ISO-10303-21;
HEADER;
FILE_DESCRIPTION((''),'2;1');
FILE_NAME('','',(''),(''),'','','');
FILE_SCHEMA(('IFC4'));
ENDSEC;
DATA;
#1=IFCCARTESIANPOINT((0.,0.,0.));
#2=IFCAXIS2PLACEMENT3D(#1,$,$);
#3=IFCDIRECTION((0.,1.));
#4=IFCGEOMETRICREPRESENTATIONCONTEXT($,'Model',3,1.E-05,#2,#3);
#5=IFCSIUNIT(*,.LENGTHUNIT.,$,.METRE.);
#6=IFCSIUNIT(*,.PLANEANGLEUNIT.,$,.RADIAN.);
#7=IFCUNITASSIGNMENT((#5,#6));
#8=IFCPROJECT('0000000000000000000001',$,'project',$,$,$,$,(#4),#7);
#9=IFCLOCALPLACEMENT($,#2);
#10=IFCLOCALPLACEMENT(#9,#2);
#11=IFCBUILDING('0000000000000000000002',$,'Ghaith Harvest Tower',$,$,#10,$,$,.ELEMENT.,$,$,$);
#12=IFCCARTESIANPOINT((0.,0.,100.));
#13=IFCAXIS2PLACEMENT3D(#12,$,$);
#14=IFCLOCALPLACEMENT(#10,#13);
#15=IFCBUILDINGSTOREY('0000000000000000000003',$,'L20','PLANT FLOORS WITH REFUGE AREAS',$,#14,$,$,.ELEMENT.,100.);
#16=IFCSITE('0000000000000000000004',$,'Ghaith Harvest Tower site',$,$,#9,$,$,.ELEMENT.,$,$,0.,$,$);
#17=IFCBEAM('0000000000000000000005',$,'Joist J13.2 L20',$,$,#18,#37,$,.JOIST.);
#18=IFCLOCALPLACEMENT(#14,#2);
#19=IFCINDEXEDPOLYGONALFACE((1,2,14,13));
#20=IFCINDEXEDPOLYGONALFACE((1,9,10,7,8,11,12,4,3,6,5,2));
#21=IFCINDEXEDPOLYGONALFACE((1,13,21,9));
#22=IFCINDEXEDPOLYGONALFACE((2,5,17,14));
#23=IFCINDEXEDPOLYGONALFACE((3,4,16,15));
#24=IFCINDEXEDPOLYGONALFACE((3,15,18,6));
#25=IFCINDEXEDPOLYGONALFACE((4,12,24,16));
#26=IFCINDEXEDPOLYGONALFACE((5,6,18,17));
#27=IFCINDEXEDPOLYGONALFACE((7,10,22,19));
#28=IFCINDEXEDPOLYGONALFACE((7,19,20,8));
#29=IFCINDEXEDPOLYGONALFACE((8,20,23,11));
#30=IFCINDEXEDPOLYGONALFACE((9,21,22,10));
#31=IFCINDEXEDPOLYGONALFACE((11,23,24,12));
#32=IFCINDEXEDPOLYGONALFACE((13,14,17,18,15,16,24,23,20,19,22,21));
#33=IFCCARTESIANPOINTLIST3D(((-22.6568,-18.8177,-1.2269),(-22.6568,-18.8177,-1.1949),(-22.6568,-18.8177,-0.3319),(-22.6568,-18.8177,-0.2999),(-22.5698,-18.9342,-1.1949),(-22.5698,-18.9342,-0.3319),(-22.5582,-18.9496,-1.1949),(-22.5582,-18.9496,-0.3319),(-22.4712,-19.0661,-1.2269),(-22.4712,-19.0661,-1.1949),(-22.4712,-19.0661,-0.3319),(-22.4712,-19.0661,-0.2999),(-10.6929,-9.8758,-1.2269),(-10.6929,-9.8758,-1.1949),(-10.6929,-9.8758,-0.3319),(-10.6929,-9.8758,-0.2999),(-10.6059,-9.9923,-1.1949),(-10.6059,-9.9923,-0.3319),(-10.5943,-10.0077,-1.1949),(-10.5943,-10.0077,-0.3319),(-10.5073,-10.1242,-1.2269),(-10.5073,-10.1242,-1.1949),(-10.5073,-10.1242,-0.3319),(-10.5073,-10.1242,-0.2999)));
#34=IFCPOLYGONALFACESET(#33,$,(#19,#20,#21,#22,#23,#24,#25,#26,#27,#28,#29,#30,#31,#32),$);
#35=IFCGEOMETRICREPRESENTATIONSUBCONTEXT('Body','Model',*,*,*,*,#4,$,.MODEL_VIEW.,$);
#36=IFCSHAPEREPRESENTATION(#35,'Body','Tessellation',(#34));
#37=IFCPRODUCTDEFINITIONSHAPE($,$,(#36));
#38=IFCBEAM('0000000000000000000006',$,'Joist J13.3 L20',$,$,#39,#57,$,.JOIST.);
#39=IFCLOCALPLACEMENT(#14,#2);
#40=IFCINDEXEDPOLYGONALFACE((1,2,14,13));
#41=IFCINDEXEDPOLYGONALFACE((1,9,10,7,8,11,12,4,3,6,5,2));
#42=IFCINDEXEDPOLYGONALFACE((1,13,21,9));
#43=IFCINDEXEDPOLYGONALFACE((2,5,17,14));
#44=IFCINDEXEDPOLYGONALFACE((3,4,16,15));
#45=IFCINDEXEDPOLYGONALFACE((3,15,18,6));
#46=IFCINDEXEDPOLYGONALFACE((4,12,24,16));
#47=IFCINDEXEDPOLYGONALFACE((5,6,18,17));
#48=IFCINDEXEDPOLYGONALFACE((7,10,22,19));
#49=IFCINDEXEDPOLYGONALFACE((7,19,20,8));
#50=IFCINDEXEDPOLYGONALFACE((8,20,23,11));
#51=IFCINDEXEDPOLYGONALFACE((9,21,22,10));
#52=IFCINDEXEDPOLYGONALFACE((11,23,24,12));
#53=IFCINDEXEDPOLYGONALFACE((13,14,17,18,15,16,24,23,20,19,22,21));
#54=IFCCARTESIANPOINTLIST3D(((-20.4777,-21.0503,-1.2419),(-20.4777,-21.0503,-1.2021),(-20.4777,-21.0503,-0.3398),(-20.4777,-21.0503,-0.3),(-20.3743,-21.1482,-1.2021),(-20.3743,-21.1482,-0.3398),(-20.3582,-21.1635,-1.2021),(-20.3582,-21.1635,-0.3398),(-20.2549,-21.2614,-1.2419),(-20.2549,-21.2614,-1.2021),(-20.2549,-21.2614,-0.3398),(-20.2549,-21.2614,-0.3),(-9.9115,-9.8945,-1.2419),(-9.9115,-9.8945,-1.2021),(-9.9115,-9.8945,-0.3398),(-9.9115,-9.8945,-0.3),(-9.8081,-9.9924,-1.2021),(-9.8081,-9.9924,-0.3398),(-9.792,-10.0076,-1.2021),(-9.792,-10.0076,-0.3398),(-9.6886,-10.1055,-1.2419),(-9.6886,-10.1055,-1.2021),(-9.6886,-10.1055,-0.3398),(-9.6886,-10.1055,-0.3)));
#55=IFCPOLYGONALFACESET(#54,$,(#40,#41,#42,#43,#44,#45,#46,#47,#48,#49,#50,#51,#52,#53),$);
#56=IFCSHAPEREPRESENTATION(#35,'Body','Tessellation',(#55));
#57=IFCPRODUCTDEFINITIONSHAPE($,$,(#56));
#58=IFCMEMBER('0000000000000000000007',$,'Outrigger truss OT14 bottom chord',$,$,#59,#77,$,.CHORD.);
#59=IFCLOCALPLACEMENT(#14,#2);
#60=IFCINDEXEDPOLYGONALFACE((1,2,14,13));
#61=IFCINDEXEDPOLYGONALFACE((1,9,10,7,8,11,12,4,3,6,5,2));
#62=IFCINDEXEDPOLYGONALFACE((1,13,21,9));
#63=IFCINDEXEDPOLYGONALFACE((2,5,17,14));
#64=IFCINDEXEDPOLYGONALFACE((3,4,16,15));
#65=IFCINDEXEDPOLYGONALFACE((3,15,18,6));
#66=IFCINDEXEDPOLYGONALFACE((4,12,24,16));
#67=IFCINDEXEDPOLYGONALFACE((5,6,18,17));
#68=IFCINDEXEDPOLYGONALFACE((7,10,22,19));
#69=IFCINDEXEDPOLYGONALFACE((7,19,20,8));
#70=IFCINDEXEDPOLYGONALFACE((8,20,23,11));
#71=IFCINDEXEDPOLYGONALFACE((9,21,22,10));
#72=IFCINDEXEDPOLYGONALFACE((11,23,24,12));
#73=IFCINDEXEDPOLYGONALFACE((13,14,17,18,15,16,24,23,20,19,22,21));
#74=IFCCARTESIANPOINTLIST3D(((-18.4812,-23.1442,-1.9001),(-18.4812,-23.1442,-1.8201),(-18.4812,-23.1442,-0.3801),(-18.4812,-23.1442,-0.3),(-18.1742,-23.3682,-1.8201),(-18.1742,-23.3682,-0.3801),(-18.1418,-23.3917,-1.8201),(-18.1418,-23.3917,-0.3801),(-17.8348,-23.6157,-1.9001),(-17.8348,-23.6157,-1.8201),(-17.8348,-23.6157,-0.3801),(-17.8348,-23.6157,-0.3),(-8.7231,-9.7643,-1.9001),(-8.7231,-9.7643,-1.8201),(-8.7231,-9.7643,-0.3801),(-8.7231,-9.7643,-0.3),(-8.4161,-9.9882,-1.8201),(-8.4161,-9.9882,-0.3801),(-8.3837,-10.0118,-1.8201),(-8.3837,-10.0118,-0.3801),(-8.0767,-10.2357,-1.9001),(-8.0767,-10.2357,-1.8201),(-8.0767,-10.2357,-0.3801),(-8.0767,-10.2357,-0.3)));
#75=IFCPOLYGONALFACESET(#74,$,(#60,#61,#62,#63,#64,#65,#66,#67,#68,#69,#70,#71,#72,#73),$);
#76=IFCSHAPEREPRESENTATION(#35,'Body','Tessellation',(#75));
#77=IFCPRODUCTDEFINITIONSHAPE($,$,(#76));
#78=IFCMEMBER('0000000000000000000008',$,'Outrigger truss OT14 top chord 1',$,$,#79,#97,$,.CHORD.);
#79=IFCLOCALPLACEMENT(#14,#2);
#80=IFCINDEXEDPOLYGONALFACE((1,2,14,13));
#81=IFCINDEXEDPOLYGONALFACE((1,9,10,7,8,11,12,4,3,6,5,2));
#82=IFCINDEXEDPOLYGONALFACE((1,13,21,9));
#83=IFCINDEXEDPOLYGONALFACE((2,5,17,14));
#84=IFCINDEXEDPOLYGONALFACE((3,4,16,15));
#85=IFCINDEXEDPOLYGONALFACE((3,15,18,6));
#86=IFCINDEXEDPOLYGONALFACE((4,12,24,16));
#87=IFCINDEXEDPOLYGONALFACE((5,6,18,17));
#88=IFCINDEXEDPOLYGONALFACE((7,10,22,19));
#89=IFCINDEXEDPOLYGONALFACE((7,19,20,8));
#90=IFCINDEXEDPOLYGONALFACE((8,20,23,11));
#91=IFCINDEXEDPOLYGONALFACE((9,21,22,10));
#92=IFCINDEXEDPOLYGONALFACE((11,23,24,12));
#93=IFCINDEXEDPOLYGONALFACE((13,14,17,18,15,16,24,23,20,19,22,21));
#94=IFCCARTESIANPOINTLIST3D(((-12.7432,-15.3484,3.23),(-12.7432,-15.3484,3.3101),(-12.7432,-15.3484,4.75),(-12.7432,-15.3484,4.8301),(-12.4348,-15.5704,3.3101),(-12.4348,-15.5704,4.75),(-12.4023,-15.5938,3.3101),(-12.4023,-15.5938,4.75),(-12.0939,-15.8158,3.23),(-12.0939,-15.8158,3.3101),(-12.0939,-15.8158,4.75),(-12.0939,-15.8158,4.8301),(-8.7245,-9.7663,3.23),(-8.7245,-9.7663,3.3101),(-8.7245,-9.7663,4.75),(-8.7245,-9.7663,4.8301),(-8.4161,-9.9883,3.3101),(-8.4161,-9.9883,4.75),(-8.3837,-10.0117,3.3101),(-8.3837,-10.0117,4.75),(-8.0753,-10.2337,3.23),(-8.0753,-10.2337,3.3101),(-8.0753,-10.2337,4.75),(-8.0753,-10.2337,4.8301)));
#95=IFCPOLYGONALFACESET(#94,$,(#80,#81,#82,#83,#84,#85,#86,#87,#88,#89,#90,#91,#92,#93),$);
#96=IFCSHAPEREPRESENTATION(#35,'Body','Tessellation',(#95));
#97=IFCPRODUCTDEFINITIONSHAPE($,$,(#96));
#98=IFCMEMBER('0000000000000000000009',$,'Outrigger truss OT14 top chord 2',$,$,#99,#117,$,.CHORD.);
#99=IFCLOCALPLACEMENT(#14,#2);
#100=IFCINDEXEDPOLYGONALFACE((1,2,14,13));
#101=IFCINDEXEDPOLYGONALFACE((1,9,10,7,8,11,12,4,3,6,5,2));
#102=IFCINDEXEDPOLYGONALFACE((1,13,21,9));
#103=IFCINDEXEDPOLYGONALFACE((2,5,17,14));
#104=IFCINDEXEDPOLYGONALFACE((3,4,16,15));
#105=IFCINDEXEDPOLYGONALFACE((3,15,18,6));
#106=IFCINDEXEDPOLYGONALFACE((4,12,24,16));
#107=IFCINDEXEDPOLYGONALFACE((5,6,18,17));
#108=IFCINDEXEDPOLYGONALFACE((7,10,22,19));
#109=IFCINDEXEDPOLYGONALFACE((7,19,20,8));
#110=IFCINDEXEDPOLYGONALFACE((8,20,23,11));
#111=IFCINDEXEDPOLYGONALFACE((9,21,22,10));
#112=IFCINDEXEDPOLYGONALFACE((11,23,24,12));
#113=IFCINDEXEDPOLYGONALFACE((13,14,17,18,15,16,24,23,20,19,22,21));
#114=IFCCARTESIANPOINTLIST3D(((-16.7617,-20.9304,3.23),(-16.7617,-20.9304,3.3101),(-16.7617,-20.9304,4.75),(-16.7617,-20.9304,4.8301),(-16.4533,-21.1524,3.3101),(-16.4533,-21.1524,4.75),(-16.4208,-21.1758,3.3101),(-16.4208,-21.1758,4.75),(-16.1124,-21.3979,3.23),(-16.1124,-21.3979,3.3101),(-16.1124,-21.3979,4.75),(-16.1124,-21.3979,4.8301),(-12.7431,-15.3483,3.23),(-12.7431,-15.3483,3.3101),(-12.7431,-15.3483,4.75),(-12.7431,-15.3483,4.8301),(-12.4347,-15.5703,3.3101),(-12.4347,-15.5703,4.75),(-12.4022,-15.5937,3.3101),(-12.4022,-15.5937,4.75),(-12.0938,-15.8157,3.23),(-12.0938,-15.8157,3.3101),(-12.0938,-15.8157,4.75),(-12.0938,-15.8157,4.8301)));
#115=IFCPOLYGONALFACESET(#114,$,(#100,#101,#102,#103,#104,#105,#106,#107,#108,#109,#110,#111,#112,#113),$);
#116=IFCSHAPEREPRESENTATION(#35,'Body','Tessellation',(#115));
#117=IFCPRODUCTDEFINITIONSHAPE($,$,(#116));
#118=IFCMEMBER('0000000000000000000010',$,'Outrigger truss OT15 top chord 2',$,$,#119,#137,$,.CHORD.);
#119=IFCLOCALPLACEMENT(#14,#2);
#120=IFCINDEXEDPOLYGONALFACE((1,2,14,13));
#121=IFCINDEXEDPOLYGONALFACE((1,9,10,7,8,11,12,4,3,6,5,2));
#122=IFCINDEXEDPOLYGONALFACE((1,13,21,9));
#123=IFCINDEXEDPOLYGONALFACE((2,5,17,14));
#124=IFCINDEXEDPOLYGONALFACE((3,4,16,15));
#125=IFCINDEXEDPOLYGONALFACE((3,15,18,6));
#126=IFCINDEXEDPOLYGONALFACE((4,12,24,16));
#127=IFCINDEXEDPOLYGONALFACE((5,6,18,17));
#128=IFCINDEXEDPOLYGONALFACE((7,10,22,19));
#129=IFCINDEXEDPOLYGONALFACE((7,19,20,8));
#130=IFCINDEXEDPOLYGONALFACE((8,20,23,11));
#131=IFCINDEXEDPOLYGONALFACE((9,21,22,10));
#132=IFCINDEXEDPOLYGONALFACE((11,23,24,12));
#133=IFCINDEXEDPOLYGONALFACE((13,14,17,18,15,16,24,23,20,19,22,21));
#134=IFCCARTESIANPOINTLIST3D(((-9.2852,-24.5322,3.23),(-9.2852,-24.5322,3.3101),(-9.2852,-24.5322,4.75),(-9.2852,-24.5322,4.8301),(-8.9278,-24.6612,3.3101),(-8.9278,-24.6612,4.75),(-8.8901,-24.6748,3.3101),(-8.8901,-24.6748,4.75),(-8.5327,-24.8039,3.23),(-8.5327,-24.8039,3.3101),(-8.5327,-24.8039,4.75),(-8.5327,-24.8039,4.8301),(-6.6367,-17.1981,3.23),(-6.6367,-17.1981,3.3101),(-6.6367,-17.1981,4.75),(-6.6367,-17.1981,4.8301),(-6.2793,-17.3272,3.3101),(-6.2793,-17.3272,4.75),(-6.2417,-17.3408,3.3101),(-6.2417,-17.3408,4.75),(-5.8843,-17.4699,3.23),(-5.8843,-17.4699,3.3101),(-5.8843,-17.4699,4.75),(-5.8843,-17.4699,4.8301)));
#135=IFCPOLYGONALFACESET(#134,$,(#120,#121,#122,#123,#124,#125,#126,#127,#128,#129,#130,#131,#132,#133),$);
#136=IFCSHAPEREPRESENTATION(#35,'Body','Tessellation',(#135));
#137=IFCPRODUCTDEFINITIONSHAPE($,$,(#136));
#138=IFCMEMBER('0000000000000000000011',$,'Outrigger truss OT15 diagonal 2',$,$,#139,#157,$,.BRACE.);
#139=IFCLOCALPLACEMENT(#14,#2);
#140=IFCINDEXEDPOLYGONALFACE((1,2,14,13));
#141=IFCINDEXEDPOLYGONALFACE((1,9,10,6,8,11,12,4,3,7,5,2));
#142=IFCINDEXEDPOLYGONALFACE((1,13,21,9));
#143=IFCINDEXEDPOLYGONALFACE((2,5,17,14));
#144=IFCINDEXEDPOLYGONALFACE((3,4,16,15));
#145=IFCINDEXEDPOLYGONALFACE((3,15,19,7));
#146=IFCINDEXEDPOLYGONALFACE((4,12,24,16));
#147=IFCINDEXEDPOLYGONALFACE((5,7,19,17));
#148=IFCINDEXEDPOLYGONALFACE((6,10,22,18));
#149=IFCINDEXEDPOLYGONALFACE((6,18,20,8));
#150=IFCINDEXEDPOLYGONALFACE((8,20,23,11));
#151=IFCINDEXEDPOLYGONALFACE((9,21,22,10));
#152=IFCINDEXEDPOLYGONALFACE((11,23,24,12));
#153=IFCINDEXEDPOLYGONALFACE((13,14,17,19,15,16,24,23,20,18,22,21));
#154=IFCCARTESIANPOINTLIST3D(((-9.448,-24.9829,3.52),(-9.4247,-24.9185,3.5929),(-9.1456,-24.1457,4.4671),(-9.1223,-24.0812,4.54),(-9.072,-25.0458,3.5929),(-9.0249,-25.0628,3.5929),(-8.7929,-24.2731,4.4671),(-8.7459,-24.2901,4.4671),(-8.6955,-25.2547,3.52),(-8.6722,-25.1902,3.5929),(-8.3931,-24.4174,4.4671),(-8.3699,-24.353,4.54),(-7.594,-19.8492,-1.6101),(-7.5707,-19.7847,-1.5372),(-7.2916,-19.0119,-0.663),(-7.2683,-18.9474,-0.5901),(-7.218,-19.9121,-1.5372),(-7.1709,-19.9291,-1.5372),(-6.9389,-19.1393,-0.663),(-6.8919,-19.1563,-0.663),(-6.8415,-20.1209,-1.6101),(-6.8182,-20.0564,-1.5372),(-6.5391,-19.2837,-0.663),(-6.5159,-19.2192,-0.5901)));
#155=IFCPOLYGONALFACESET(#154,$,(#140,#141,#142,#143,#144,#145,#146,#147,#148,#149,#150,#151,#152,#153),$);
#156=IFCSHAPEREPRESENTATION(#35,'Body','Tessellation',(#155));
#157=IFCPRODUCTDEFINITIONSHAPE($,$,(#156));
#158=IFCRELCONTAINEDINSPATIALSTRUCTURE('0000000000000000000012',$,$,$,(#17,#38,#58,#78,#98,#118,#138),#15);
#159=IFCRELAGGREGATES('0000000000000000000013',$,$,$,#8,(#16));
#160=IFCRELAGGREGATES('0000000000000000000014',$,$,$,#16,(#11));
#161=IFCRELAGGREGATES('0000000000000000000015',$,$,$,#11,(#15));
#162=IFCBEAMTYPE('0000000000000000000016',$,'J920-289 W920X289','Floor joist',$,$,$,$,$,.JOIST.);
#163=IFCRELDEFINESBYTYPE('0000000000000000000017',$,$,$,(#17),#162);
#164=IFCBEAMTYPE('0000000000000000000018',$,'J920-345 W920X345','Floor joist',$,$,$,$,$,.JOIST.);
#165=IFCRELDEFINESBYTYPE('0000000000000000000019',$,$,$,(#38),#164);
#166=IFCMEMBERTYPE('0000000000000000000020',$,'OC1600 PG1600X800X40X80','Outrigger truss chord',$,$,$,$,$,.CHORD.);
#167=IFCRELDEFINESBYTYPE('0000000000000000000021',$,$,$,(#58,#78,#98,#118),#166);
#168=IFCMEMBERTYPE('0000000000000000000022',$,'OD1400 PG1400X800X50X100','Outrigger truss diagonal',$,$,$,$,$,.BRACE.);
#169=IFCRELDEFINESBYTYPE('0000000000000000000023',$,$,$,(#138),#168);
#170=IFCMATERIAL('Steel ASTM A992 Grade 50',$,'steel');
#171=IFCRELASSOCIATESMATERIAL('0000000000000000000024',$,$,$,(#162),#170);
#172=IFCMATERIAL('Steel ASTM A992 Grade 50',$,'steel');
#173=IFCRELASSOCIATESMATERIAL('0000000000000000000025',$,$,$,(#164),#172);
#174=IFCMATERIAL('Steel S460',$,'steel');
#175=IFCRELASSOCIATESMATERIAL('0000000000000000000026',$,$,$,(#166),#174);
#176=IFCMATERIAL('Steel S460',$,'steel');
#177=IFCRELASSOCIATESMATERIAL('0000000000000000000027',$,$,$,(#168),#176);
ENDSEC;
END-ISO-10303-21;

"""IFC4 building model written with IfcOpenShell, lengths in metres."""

from ifc_helpers import new_model, si_unit, direction, frame, origin, origin_2d, place, context, subcontext, project, spatial, i_section, extrude, material, material_profile, profile_set, type_object, element, save


model = new_model("IFC4")

# Units and contexts
model_context = context("Model", 3, precision=1e-05, world=origin(), true_north=direction((0.0, 1.0)))
body_context = subcontext(model_context, "Body", "Model", "MODEL_VIEW")
ifc_project = project(units=[si_unit("LENGTHUNIT", "METRE"), si_unit("PLANEANGLEUNIT", "RADIAN")], contexts=[model_context])

# Site, building, storey
site_placement = place(None, origin())
site = spatial("IfcSite", under=ifc_project, at=site_placement, Name="Ghaith Harvest Tower site", CompositionType="ELEMENT", RefElevation=0.0)
building_placement = place(site_placement, origin())
building = spatial("IfcBuilding", under=site, at=building_placement, Name="Ghaith Harvest Tower", CompositionType="ELEMENT")
storey_placement = place(building_placement, frame((0.0, 0.0, 100.0)))
storey = spatial("IfcBuildingStorey", under=building, at=storey_placement, Name="L20", Description="PLANT FLOORS WITH REFUGE AREAS", CompositionType="ELEMENT", Elevation=100.0)

# Beams
ifc_material_1 = material(Name="Steel ASTM A992 Grade 50", Category="steel")
ifc_material_profile_1 = material_profile(ifc_material_1, i_section(OverallWidth=0.3101, OverallDepth=0.927, WebThickness=0.0193, FlangeThickness=0.032, at=origin_2d()), Name="W920X289")
ifc_profile_set_1 = profile_set([ifc_material_profile_1], Name="Steel ASTM A992 Grade 50")
beam_type_1 = type_object("IfcBeamType", Name="J920-289 W920X289", Description="Floor joist", PredefinedType="JOIST", material=ifc_profile_set_1)
beam_1_placement = place(storey_placement, frame((-10.6001, -10.0, -0.7634), z_axis=(-0.800995, -0.598671, 0.0), x_axis=(0.598671, -0.800995, 0.0)))
element("IfcBeam", 1, at=beam_1_placement, inside=storey, type_object=beam_type_1, Name="Joist J13.2 L20", PredefinedType="JOIST", context=body_context, shape_type="SweptSolid", body=[
    extrude(i_section(OverallWidth=0.3101, OverallDepth=0.927, WebThickness=0.0193, FlangeThickness=0.032, at=origin_2d()), origin(), (0.0, 0.0, 1.0), 14.9363),
])
ifc_material_2 = material(Name="Steel ASTM A992 Grade 50", Category="steel")
ifc_material_profile_2 = material_profile(ifc_material_2, i_section(OverallWidth=0.3069, OverallDepth=0.9419, WebThickness=0.0222, FlangeThickness=0.0398, at=origin_2d()), Name="W920X345")
ifc_profile_set_2 = profile_set([ifc_material_profile_2], Name="Steel ASTM A992 Grade 50")
beam_type_2 = type_object("IfcBeamType", Name="J920-345 W920X345", Description="Floor joist", PredefinedType="JOIST", material=ifc_profile_set_2)
beam_2_placement = place(storey_placement, frame((-9.8, -10.0, -0.771), z_axis=(-0.68766, -0.726032, 0.0), x_axis=(0.726032, -0.68766, 0.0)))
element("IfcBeam", 2, at=beam_2_placement, inside=storey, type_object=beam_type_2, Name="Joist J13.3 L20", PredefinedType="JOIST", context=body_context, shape_type="SweptSolid", body=[
    extrude(i_section(OverallWidth=0.3069, OverallDepth=0.9419, WebThickness=0.0222, FlangeThickness=0.0398, at=origin_2d()), origin(), (0.0, 0.0, 1.0), 15.3655),
])

# Members
ifc_material_3 = material(Name="Steel S460", Category="steel")
ifc_material_profile_3 = material_profile(ifc_material_3, i_section(OverallWidth=0.8, OverallDepth=1.6001, WebThickness=0.04, FlangeThickness=0.0801, at=origin_2d()), Name="PG1600X800X40X80")
ifc_profile_set_3 = profile_set([ifc_material_profile_3], Name="Steel S460")
member_type_1 = type_object("IfcMemberType", Name="OC1600 PG1600X800X40X80", Description="Outrigger truss chord", PredefinedType="CHORD", material=ifc_profile_set_3)
member_1_placement = place(storey_placement, frame((-8.3999, -10.0, -1.1001), z_axis=(-0.589247, -0.807953, 0.0), x_axis=(0.807953, -0.589247, 0.0)))
element("IfcMember", 3, at=member_1_placement, inside=storey, type_object=member_type_1, Name="Outrigger truss OT14 bottom chord", PredefinedType="CHORD", context=body_context, shape_type="SweptSolid", body=[
    extrude(i_section(OverallWidth=0.8, OverallDepth=1.6001, WebThickness=0.04, FlangeThickness=0.0801, at=origin_2d()), origin(), (0.0, 0.0, 1.0), 16.5603),
])
for number, where, z_axis, x_axis, name in (
    (4, (-8.3999, -10.0, 4.03), (-0.584256, -0.811569, 0.0), (0.811569, -0.584256, 0.0), "Outrigger truss OT14 top chord 1"),
    (5, (-12.4185, -15.582, 4.03), (-0.584256, -0.811569, 0.0), (0.811569, -0.584256, 0.0), "Outrigger truss OT14 top chord 2"),
):
    element("IfcMember", number, at=place(storey_placement, frame(where, z_axis=z_axis, x_axis=x_axis)), inside=storey, type_object=member_type_1, Name=name, PredefinedType="CHORD", context=body_context, shape_type="SweptSolid", body=[
        extrude(i_section(OverallWidth=0.8, OverallDepth=1.6001, WebThickness=0.04, FlangeThickness=0.0801, at=origin_2d()), origin(), (0.0, 0.0, 1.0), 6.8782),
    ])
member_2_placement = place(storey_placement, frame((-6.2605, -17.334, 4.03), z_axis=(-0.339651, -0.940552, 0.0), x_axis=(0.940552, -0.339651, 0.0)))
element("IfcMember", 6, at=member_2_placement, inside=storey, type_object=member_type_1, Name="Outrigger truss OT15 top chord 2", PredefinedType="CHORD", context=body_context, shape_type="SweptSolid", body=[
    extrude(i_section(OverallWidth=0.8, OverallDepth=1.6001, WebThickness=0.04, FlangeThickness=0.0801, at=origin_2d()), origin(), (0.0, 0.0, 1.0), 7.7976),
])
ifc_material_4 = material(Name="Steel S460", Category="steel")
ifc_material_profile_4 = material_profile(ifc_material_4, i_section(OverallWidth=0.8, OverallDepth=1.3999, WebThickness=0.05, FlangeThickness=0.1001, at=origin_2d()), Name="PG1400X800X50X100")
ifc_profile_set_4 = profile_set([ifc_material_profile_4], Name="Steel S460")
member_type_2 = type_object("IfcMemberType", Name="OD1400 PG1400X800X50X100", Description="Outrigger truss diagonal", PredefinedType="BRACE", material=ifc_profile_set_4)
member_3_placement = place(storey_placement, frame((-7.0549, -19.5342, -1.1001), z_axis=(-0.247506, -0.685351, 0.684862), x_axis=(0.940546, -0.339666, 0.0)))
element("IfcMember", 7, at=member_3_placement, inside=storey, type_object=member_type_2, Name="Outrigger truss OT15 diagonal 2", PredefinedType="BRACE", context=body_context, shape_type="SweptSolid", body=[
    extrude(i_section(OverallWidth=0.8, OverallDepth=1.3999, WebThickness=0.05, FlangeThickness=0.1001, at=origin_2d()), origin(), (0.0, 0.0, 1.0), 7.4907),
])

save(model, "model.ifc")
